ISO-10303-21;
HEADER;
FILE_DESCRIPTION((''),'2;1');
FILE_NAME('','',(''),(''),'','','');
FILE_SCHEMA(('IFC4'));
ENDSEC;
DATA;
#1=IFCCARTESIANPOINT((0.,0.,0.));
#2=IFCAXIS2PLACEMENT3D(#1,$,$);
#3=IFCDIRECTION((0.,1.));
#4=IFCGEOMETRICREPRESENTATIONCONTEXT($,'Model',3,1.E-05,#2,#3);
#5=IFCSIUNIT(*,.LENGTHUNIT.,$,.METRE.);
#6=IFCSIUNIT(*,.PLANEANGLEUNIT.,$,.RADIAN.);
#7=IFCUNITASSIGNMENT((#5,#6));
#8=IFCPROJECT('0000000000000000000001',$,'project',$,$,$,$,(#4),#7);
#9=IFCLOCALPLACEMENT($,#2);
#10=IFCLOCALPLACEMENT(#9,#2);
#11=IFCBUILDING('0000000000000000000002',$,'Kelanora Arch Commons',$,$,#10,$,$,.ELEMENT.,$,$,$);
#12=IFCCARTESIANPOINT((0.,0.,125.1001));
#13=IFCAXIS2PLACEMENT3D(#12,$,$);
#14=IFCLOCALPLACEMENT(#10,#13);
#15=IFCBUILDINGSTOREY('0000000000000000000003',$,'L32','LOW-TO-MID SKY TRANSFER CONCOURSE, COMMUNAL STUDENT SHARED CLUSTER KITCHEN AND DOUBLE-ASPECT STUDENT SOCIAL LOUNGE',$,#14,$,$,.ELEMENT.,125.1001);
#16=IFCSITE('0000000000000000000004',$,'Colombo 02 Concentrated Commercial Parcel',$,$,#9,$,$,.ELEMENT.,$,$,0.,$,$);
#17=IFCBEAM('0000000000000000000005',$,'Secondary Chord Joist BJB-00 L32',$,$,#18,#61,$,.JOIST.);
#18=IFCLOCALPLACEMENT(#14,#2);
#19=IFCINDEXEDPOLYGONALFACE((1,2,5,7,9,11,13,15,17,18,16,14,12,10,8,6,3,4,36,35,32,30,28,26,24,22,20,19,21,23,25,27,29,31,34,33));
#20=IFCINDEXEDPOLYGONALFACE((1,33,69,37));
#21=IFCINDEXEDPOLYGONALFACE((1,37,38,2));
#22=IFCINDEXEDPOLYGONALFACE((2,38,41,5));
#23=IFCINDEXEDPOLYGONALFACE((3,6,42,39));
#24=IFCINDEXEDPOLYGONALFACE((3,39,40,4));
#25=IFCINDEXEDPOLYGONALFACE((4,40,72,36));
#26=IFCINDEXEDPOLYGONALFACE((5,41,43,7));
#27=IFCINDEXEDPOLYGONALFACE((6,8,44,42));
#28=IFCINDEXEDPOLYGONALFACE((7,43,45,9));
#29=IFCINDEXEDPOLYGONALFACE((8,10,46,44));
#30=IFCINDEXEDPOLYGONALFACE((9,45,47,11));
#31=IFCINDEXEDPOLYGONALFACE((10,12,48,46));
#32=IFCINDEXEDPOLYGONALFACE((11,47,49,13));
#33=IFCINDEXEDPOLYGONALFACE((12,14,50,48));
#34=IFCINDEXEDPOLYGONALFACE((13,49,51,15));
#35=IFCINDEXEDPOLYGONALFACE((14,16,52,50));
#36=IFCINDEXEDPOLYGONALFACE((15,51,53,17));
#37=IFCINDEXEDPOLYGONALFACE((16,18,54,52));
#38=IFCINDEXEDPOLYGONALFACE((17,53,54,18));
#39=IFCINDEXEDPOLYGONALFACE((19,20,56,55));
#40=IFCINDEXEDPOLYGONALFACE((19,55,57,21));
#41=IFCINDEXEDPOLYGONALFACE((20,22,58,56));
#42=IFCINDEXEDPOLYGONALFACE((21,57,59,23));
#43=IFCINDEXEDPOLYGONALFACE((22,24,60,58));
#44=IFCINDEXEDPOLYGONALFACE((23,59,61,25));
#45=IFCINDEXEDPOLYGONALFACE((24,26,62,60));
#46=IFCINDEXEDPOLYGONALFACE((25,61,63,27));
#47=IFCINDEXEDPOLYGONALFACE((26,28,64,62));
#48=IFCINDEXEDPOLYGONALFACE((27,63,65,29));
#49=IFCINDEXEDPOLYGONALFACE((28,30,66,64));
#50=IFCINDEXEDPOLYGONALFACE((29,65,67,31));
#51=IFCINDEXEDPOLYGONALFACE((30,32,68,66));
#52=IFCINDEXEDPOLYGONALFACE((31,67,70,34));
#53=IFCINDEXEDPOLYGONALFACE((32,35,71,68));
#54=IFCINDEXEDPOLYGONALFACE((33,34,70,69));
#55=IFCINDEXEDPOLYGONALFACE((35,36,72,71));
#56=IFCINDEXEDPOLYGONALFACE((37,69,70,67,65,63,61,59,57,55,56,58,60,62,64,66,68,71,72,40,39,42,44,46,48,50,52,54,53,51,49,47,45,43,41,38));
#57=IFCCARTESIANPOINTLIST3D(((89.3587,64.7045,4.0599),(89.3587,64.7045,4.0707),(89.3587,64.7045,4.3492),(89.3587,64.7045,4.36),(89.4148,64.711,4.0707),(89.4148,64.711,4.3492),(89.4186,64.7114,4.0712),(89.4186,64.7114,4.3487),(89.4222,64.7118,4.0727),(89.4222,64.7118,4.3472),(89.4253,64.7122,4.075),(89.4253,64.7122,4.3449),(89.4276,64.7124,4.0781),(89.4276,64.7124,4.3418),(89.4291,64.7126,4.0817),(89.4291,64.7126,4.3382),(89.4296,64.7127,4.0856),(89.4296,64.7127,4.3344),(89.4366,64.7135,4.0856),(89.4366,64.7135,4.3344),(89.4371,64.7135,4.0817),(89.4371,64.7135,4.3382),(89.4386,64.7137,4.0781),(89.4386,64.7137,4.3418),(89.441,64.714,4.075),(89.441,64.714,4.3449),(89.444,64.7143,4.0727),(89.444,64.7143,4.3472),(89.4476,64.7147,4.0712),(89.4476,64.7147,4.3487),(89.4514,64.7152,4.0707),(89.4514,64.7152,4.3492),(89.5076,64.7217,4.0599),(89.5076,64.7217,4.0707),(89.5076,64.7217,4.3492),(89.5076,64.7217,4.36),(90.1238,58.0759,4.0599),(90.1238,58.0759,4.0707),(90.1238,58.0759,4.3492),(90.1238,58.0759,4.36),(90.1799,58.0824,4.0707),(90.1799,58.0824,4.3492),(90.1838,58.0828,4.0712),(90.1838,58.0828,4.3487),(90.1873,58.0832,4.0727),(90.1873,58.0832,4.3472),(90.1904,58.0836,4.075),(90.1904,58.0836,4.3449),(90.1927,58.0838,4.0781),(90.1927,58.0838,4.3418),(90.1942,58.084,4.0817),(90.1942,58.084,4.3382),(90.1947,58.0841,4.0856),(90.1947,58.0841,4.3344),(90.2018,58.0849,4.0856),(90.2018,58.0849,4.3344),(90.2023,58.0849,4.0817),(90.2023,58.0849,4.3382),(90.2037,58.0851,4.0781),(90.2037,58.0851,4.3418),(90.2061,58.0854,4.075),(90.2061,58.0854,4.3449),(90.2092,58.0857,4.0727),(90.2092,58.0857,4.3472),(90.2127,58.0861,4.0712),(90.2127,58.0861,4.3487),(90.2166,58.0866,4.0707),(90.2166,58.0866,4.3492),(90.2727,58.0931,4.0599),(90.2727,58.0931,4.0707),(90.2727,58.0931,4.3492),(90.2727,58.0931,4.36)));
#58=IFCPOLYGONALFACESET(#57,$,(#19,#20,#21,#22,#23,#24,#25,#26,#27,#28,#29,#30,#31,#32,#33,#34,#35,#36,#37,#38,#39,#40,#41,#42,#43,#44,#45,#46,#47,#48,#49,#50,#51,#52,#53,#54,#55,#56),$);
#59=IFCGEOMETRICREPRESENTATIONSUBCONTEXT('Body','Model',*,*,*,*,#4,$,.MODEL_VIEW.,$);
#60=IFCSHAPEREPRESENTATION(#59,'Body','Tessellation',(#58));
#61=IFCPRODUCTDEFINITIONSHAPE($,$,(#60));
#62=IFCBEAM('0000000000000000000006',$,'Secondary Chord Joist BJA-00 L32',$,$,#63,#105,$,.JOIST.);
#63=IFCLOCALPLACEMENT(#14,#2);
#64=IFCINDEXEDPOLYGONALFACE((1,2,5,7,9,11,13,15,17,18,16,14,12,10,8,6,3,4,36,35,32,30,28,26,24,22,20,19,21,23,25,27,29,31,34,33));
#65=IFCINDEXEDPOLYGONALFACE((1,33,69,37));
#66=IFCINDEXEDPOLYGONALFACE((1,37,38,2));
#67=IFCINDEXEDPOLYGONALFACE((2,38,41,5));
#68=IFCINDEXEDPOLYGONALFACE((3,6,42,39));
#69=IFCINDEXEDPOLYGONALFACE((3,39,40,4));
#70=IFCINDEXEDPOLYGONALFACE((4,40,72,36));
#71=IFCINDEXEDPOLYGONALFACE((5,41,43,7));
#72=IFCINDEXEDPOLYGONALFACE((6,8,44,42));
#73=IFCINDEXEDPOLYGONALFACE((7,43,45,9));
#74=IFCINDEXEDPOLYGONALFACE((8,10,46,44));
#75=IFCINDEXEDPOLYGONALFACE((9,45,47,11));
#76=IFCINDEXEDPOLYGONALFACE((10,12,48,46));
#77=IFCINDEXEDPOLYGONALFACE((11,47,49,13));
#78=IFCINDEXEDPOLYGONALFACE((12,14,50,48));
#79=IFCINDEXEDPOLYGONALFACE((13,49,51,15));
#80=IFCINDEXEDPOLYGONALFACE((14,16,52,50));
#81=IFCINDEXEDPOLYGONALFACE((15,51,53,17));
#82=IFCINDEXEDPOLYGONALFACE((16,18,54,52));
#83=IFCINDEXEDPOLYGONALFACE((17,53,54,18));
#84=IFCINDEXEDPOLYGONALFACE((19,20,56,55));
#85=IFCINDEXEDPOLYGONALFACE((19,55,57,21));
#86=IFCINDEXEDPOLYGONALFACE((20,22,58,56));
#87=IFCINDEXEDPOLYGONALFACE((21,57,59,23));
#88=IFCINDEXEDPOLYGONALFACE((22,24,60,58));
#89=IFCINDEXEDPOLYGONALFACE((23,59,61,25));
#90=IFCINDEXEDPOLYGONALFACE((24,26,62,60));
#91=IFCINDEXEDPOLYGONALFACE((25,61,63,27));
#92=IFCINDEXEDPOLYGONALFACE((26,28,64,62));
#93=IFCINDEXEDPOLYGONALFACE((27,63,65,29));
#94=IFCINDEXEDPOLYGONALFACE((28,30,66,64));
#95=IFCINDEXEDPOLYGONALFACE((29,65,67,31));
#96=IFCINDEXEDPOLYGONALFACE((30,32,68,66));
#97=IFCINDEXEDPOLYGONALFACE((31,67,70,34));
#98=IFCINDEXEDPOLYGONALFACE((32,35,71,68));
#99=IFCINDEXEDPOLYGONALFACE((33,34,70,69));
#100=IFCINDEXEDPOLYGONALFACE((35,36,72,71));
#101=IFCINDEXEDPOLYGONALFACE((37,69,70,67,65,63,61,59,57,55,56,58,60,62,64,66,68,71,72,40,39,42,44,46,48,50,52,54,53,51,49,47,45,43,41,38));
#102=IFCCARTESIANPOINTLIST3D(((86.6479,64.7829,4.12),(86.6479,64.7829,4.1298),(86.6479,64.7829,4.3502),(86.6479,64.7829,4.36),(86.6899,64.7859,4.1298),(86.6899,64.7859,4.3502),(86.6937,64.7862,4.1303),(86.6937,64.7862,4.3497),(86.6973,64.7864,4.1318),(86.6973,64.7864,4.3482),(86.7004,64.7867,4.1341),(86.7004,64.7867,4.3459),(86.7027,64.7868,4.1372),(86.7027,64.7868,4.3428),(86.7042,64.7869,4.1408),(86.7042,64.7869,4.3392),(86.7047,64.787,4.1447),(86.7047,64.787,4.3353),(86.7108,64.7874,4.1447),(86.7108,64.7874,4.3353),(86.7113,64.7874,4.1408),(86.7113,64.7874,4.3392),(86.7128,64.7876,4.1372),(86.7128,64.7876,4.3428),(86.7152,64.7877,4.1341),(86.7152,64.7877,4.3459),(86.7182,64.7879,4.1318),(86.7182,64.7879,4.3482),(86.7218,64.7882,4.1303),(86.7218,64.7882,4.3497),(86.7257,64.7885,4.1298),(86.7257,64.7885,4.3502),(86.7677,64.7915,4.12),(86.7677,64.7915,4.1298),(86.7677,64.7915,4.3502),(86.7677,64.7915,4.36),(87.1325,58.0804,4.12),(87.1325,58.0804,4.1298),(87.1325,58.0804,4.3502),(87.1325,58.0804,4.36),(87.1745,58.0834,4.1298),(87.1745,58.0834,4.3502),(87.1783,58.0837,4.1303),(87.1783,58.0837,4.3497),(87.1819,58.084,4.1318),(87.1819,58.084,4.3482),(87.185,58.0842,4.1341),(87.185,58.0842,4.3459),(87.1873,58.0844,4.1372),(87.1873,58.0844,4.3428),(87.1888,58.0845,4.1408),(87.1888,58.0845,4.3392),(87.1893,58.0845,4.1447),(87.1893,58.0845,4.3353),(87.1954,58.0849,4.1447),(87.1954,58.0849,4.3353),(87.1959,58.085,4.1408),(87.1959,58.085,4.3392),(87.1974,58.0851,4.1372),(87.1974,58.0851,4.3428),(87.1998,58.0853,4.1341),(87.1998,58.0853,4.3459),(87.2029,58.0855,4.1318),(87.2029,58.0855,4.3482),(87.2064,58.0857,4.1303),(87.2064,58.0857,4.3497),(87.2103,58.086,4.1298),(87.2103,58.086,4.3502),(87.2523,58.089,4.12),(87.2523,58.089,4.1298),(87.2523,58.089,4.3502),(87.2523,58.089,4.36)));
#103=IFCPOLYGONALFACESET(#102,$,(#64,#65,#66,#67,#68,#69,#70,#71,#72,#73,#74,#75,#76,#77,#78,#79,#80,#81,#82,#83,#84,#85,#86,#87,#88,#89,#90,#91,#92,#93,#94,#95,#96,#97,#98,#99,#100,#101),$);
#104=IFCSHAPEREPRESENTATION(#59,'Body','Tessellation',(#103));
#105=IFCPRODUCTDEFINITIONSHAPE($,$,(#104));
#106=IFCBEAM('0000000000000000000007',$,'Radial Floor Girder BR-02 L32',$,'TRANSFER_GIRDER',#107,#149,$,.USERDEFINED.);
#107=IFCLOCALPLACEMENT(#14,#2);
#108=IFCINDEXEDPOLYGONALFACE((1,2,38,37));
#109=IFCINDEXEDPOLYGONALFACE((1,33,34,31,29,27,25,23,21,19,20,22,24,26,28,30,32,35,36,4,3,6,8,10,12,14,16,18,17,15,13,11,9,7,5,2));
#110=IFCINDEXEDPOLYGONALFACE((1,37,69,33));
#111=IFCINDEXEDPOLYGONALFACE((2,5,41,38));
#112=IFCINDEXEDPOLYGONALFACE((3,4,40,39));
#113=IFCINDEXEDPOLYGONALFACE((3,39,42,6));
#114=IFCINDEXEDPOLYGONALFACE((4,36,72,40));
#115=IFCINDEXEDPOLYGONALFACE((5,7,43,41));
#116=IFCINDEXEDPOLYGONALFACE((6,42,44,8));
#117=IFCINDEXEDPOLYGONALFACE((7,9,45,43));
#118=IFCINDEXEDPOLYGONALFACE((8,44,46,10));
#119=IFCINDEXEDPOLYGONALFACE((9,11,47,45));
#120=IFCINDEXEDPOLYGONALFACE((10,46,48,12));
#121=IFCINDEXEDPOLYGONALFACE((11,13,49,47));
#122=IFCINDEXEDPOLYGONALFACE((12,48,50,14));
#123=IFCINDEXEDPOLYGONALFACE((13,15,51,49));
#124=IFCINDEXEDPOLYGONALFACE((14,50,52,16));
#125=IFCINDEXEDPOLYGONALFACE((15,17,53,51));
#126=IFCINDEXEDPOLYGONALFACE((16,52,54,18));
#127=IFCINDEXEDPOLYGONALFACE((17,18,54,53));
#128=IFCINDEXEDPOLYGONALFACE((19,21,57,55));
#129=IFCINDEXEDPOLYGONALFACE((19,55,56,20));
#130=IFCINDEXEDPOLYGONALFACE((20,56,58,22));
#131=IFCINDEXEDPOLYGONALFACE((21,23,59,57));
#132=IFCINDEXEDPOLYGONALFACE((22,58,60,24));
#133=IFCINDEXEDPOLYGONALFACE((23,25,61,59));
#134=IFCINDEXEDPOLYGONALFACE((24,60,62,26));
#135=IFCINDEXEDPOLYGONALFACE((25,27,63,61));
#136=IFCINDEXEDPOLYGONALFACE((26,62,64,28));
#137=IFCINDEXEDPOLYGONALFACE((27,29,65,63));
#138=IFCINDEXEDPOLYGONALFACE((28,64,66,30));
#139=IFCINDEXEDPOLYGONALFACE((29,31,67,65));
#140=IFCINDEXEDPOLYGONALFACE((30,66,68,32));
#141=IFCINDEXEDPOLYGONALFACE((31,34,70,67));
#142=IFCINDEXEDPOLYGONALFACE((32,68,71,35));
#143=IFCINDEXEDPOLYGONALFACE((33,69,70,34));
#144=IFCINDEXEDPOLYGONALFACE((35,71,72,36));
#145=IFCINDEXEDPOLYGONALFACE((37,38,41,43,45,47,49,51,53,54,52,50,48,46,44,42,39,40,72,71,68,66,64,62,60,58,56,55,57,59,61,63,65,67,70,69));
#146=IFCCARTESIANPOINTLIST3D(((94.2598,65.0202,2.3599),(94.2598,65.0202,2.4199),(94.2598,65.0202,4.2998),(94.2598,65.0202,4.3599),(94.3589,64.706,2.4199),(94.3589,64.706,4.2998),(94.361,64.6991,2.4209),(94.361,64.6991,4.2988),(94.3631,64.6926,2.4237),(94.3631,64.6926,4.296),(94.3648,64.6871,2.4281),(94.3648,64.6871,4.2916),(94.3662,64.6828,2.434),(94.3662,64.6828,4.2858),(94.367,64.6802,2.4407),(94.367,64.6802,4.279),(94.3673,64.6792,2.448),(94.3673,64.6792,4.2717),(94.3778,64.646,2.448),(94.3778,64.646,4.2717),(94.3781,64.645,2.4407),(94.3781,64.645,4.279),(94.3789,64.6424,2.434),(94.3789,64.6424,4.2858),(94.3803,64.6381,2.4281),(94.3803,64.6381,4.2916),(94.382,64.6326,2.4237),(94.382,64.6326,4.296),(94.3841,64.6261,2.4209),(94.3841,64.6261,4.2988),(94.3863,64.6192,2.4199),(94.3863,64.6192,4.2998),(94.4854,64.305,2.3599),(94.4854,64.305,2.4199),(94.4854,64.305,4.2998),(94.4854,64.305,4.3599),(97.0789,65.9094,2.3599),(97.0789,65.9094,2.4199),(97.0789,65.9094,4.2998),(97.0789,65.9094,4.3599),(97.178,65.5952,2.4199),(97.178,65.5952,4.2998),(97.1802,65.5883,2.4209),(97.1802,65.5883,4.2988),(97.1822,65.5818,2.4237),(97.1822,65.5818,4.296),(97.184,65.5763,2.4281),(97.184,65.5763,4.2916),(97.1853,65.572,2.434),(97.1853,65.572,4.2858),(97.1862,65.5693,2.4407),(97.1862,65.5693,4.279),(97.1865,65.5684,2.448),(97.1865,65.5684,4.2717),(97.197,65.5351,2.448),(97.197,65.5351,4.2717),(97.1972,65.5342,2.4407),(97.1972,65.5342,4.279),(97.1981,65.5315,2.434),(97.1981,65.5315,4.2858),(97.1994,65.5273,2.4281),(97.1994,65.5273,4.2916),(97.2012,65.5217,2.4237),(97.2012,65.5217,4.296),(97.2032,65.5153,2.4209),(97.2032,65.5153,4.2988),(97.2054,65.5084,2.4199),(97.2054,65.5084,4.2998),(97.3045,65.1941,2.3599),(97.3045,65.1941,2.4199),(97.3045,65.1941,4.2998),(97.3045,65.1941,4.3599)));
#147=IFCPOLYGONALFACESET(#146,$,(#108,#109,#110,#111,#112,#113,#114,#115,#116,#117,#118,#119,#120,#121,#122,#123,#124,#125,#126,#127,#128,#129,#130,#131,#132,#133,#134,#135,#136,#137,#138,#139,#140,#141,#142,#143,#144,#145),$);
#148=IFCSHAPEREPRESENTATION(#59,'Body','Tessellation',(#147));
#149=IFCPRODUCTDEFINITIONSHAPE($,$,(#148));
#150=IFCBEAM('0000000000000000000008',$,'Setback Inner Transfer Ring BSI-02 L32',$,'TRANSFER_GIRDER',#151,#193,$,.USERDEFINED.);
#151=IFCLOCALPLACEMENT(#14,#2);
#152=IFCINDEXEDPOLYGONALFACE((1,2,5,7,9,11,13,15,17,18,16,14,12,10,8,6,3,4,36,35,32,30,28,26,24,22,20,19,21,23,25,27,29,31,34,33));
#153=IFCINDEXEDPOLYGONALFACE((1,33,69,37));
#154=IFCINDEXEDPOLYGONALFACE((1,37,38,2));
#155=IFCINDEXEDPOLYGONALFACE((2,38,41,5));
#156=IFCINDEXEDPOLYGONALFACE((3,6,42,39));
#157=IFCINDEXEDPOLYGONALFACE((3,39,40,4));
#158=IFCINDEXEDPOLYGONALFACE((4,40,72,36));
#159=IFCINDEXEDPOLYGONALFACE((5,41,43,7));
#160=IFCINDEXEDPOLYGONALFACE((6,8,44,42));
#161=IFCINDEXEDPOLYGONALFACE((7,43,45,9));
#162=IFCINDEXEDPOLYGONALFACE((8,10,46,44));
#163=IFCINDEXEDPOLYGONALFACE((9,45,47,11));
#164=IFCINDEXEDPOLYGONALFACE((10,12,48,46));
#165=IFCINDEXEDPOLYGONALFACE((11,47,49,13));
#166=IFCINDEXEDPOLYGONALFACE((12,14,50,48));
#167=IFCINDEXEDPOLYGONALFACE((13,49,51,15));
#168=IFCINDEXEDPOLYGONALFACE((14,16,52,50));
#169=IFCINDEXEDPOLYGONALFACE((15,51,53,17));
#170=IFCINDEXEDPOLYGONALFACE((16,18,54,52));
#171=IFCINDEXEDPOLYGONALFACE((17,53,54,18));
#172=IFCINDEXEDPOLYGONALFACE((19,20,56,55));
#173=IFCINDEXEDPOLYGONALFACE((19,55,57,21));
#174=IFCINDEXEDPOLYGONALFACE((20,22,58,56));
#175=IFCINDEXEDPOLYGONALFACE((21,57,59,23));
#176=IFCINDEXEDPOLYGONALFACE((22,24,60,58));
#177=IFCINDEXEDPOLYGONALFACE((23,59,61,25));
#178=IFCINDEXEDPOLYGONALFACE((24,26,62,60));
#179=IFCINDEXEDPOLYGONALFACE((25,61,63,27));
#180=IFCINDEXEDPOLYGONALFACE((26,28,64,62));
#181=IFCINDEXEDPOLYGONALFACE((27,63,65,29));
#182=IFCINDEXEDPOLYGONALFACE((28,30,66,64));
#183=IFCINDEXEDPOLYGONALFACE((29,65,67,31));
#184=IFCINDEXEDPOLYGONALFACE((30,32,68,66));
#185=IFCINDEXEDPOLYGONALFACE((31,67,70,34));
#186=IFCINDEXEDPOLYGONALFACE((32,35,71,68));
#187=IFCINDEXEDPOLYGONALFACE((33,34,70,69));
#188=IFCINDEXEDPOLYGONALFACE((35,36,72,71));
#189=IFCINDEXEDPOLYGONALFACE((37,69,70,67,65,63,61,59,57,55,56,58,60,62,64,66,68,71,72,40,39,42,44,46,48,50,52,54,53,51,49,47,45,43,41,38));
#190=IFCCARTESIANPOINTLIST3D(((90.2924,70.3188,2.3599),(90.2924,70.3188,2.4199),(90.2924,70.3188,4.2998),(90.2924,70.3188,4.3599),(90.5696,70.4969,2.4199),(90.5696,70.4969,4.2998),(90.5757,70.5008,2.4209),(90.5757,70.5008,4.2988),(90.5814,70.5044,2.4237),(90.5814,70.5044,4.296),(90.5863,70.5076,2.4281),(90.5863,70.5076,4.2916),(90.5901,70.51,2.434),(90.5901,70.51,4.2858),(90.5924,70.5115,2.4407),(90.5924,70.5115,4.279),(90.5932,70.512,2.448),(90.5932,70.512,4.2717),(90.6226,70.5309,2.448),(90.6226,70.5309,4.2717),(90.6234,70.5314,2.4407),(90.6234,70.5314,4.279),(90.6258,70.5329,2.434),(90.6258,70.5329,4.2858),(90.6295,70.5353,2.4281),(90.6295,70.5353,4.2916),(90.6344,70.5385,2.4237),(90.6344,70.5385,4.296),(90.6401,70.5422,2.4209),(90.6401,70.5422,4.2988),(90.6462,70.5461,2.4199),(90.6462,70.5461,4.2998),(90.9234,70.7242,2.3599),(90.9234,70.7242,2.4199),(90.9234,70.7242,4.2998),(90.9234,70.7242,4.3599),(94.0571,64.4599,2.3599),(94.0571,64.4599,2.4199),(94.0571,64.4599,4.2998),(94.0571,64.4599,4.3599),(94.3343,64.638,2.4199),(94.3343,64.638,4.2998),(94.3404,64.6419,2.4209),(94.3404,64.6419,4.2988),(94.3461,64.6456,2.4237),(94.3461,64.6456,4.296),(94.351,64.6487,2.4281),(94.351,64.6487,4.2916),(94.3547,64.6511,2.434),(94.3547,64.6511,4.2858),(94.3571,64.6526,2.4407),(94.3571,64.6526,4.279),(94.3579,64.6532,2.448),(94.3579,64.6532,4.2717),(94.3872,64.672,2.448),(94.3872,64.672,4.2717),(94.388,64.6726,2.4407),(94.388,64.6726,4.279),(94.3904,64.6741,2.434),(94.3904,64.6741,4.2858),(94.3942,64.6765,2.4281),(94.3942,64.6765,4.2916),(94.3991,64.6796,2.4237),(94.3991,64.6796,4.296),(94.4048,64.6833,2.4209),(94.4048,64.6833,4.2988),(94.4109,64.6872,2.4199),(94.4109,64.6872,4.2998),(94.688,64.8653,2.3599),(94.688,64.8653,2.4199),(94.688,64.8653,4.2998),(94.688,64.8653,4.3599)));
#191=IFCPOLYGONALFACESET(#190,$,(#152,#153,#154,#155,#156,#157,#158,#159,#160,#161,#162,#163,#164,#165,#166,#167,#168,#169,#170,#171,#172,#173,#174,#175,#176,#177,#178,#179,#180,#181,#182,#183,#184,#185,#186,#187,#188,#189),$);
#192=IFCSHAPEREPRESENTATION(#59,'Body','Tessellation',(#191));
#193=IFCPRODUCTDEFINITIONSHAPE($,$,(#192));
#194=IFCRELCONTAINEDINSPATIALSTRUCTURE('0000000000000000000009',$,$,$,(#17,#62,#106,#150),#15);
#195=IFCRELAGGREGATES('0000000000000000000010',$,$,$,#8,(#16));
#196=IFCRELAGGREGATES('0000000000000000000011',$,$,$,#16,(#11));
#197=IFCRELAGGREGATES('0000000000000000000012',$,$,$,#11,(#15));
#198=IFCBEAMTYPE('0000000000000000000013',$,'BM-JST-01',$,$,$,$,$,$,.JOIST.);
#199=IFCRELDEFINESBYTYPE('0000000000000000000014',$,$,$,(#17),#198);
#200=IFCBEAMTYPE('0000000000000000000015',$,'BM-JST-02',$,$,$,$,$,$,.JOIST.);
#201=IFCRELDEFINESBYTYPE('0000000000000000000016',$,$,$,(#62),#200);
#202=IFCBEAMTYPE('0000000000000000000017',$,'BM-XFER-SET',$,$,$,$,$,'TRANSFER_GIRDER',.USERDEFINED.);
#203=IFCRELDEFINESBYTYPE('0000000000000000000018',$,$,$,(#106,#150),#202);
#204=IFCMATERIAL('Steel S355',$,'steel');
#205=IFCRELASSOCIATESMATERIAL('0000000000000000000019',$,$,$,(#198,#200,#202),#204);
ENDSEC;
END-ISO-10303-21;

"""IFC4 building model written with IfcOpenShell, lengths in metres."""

from ifc_helpers import new_model, si_unit, direction, frame, origin, origin_2d, place, context, subcontext, project, spatial, i_section, extrude, material, material_profile, profile_set, type_object, element, save


model = new_model("IFC4")

# Units and contexts
model_context = context("Model", 3, precision=1e-05, world=origin(), true_north=direction((0.0, 1.0)))
body_context = subcontext(model_context, "Body", "Model", "MODEL_VIEW")
ifc_project = project(units=[si_unit("LENGTHUNIT", "METRE"), si_unit("PLANEANGLEUNIT", "RADIAN")], contexts=[model_context])

# Site, building, storey
site_placement = place(None, origin())
site = spatial("IfcSite", under=ifc_project, at=site_placement, Name="Colombo 02 Concentrated Commercial Parcel", CompositionType="ELEMENT", RefElevation=0.0)
building_placement = place(site_placement, origin())
building = spatial("IfcBuilding", under=site, at=building_placement, Name="Kelanora Arch Commons", CompositionType="ELEMENT")
storey_placement = place(building_placement, frame((0.0, 0.0, 125.1001)))
storey = spatial("IfcBuildingStorey", under=building, at=storey_placement, Name="L32", Description="LOW-TO-MID SKY TRANSFER CONCOURSE, COMMUNAL STUDENT SHARED CLUSTER KITCHEN AND DOUBLE-ASPECT STUDENT SOCIAL LOUNGE", CompositionType="ELEMENT", Elevation=125.1001)

# Beams
ifc_material_1 = material(Name="Steel S355", Category="steel")
ifc_material_profile_1 = material_profile(ifc_material_1, i_section(OverallWidth=0.1499, OverallDepth=0.3, WebThickness=0.0071, FlangeThickness=0.0107, FilletRadius=0.0149, at=origin_2d()), Name="IPE300")
ifc_profile_set_1 = profile_set([ifc_material_profile_1], Name="Steel S355")
beam_type_1 = type_object("IfcBeamType", Name="BM-JST-01", PredefinedType="JOIST", material=ifc_profile_set_1)
beam_1_placement = place(storey_placement, frame((90.1982, 58.0845, 4.21), z_axis=(-0.114667, 0.993404, 0.0), x_axis=(-0.993404, -0.114667, 0.0)))
element("IfcBeam", 1, at=beam_1_placement, inside=storey, type_object=beam_type_1, Name="Secondary Chord Joist BJB-00 L32", PredefinedType="JOIST", context=body_context, shape_type="SweptSolid", body=[
    extrude(i_section(OverallWidth=0.1499, OverallDepth=0.3, WebThickness=0.0071, FlangeThickness=0.0107, FilletRadius=0.0149, at=origin_2d()), origin(), (0.0, 0.0, 1.0), 6.6726),
])
ifc_material_profile_2 = material_profile(ifc_material_1, i_section(OverallWidth=0.1201, OverallDepth=0.24, WebThickness=0.0061, FlangeThickness=0.0098, FilletRadius=0.0149, at=origin_2d()), Name="IPE240")
ifc_profile_set_2 = profile_set([ifc_material_profile_2], Name="Steel S355")
beam_type_2 = type_object("IfcBeamType", Name="BM-JST-02", PredefinedType="JOIST", material=ifc_profile_set_2)
beam_2_placement = place(storey_placement, frame((87.1924, 58.0847, 4.24), z_axis=(-0.072117, 0.997396, 0.0), x_axis=(-0.997396, -0.072117, 0.0)))
element("IfcBeam", 2, at=beam_2_placement, inside=storey, type_object=beam_type_2, Name="Secondary Chord Joist BJA-00 L32", PredefinedType="JOIST", context=body_context, shape_type="SweptSolid", body=[
    extrude(i_section(OverallWidth=0.1201, OverallDepth=0.24, WebThickness=0.0061, FlangeThickness=0.0098, FilletRadius=0.0149, at=origin_2d()), origin(), (0.0, 0.0, 1.0), 6.72),
])
ifc_material_profile_3 = material_profile(ifc_material_1, i_section(OverallWidth=0.75, OverallDepth=2.0, WebThickness=0.0349, FlangeThickness=0.0601, FilletRadius=0.0281, at=origin_2d()), Name="PG2000x750")
ifc_profile_set_3 = profile_set([ifc_material_profile_3], Name="Steel S355")
beam_type_3 = type_object("IfcBeamType", Name="BM-XFER-SET", ElementType="TRANSFER_GIRDER", PredefinedType="USERDEFINED", material=ifc_profile_set_3)
beam_3_placement = place(storey_placement, frame((94.3726, 64.6626, 3.3599), z_axis=(0.953687, 0.300799, 0.0), x_axis=(-0.300799, 0.953687, 0.0)))
element("IfcBeam", 3, at=beam_3_placement, inside=storey, type_object=beam_type_3, Name="Radial Floor Girder BR-02 L32", ObjectType="TRANSFER_GIRDER", PredefinedType="USERDEFINED", context=body_context, shape_type="SweptSolid", body=[
    extrude(i_section(OverallWidth=0.75, OverallDepth=2.0, WebThickness=0.0349, FlangeThickness=0.0601, FilletRadius=0.0281, at=origin_2d()), origin(), (0.0, 0.0, 1.0), 2.9561),
])
beam_4_placement = place(storey_placement, frame((94.3726, 64.6626, 3.3599), z_axis=(-0.540577, 0.841295, 0.0), x_axis=(-0.841295, -0.540577, 0.0)))
element("IfcBeam", 4, at=beam_4_placement, inside=storey, type_object=beam_type_3, Name="Setback Inner Transfer Ring BSI-02 L32", ObjectType="TRANSFER_GIRDER", PredefinedType="USERDEFINED", context=body_context, shape_type="SweptSolid", body=[
    extrude(i_section(OverallWidth=0.75, OverallDepth=2.0, WebThickness=0.0349, FlangeThickness=0.0601, FilletRadius=0.0281, at=origin_2d()), origin(), (0.0, 0.0, 1.0), 6.9641),
])

save(model, "model.ifc")
